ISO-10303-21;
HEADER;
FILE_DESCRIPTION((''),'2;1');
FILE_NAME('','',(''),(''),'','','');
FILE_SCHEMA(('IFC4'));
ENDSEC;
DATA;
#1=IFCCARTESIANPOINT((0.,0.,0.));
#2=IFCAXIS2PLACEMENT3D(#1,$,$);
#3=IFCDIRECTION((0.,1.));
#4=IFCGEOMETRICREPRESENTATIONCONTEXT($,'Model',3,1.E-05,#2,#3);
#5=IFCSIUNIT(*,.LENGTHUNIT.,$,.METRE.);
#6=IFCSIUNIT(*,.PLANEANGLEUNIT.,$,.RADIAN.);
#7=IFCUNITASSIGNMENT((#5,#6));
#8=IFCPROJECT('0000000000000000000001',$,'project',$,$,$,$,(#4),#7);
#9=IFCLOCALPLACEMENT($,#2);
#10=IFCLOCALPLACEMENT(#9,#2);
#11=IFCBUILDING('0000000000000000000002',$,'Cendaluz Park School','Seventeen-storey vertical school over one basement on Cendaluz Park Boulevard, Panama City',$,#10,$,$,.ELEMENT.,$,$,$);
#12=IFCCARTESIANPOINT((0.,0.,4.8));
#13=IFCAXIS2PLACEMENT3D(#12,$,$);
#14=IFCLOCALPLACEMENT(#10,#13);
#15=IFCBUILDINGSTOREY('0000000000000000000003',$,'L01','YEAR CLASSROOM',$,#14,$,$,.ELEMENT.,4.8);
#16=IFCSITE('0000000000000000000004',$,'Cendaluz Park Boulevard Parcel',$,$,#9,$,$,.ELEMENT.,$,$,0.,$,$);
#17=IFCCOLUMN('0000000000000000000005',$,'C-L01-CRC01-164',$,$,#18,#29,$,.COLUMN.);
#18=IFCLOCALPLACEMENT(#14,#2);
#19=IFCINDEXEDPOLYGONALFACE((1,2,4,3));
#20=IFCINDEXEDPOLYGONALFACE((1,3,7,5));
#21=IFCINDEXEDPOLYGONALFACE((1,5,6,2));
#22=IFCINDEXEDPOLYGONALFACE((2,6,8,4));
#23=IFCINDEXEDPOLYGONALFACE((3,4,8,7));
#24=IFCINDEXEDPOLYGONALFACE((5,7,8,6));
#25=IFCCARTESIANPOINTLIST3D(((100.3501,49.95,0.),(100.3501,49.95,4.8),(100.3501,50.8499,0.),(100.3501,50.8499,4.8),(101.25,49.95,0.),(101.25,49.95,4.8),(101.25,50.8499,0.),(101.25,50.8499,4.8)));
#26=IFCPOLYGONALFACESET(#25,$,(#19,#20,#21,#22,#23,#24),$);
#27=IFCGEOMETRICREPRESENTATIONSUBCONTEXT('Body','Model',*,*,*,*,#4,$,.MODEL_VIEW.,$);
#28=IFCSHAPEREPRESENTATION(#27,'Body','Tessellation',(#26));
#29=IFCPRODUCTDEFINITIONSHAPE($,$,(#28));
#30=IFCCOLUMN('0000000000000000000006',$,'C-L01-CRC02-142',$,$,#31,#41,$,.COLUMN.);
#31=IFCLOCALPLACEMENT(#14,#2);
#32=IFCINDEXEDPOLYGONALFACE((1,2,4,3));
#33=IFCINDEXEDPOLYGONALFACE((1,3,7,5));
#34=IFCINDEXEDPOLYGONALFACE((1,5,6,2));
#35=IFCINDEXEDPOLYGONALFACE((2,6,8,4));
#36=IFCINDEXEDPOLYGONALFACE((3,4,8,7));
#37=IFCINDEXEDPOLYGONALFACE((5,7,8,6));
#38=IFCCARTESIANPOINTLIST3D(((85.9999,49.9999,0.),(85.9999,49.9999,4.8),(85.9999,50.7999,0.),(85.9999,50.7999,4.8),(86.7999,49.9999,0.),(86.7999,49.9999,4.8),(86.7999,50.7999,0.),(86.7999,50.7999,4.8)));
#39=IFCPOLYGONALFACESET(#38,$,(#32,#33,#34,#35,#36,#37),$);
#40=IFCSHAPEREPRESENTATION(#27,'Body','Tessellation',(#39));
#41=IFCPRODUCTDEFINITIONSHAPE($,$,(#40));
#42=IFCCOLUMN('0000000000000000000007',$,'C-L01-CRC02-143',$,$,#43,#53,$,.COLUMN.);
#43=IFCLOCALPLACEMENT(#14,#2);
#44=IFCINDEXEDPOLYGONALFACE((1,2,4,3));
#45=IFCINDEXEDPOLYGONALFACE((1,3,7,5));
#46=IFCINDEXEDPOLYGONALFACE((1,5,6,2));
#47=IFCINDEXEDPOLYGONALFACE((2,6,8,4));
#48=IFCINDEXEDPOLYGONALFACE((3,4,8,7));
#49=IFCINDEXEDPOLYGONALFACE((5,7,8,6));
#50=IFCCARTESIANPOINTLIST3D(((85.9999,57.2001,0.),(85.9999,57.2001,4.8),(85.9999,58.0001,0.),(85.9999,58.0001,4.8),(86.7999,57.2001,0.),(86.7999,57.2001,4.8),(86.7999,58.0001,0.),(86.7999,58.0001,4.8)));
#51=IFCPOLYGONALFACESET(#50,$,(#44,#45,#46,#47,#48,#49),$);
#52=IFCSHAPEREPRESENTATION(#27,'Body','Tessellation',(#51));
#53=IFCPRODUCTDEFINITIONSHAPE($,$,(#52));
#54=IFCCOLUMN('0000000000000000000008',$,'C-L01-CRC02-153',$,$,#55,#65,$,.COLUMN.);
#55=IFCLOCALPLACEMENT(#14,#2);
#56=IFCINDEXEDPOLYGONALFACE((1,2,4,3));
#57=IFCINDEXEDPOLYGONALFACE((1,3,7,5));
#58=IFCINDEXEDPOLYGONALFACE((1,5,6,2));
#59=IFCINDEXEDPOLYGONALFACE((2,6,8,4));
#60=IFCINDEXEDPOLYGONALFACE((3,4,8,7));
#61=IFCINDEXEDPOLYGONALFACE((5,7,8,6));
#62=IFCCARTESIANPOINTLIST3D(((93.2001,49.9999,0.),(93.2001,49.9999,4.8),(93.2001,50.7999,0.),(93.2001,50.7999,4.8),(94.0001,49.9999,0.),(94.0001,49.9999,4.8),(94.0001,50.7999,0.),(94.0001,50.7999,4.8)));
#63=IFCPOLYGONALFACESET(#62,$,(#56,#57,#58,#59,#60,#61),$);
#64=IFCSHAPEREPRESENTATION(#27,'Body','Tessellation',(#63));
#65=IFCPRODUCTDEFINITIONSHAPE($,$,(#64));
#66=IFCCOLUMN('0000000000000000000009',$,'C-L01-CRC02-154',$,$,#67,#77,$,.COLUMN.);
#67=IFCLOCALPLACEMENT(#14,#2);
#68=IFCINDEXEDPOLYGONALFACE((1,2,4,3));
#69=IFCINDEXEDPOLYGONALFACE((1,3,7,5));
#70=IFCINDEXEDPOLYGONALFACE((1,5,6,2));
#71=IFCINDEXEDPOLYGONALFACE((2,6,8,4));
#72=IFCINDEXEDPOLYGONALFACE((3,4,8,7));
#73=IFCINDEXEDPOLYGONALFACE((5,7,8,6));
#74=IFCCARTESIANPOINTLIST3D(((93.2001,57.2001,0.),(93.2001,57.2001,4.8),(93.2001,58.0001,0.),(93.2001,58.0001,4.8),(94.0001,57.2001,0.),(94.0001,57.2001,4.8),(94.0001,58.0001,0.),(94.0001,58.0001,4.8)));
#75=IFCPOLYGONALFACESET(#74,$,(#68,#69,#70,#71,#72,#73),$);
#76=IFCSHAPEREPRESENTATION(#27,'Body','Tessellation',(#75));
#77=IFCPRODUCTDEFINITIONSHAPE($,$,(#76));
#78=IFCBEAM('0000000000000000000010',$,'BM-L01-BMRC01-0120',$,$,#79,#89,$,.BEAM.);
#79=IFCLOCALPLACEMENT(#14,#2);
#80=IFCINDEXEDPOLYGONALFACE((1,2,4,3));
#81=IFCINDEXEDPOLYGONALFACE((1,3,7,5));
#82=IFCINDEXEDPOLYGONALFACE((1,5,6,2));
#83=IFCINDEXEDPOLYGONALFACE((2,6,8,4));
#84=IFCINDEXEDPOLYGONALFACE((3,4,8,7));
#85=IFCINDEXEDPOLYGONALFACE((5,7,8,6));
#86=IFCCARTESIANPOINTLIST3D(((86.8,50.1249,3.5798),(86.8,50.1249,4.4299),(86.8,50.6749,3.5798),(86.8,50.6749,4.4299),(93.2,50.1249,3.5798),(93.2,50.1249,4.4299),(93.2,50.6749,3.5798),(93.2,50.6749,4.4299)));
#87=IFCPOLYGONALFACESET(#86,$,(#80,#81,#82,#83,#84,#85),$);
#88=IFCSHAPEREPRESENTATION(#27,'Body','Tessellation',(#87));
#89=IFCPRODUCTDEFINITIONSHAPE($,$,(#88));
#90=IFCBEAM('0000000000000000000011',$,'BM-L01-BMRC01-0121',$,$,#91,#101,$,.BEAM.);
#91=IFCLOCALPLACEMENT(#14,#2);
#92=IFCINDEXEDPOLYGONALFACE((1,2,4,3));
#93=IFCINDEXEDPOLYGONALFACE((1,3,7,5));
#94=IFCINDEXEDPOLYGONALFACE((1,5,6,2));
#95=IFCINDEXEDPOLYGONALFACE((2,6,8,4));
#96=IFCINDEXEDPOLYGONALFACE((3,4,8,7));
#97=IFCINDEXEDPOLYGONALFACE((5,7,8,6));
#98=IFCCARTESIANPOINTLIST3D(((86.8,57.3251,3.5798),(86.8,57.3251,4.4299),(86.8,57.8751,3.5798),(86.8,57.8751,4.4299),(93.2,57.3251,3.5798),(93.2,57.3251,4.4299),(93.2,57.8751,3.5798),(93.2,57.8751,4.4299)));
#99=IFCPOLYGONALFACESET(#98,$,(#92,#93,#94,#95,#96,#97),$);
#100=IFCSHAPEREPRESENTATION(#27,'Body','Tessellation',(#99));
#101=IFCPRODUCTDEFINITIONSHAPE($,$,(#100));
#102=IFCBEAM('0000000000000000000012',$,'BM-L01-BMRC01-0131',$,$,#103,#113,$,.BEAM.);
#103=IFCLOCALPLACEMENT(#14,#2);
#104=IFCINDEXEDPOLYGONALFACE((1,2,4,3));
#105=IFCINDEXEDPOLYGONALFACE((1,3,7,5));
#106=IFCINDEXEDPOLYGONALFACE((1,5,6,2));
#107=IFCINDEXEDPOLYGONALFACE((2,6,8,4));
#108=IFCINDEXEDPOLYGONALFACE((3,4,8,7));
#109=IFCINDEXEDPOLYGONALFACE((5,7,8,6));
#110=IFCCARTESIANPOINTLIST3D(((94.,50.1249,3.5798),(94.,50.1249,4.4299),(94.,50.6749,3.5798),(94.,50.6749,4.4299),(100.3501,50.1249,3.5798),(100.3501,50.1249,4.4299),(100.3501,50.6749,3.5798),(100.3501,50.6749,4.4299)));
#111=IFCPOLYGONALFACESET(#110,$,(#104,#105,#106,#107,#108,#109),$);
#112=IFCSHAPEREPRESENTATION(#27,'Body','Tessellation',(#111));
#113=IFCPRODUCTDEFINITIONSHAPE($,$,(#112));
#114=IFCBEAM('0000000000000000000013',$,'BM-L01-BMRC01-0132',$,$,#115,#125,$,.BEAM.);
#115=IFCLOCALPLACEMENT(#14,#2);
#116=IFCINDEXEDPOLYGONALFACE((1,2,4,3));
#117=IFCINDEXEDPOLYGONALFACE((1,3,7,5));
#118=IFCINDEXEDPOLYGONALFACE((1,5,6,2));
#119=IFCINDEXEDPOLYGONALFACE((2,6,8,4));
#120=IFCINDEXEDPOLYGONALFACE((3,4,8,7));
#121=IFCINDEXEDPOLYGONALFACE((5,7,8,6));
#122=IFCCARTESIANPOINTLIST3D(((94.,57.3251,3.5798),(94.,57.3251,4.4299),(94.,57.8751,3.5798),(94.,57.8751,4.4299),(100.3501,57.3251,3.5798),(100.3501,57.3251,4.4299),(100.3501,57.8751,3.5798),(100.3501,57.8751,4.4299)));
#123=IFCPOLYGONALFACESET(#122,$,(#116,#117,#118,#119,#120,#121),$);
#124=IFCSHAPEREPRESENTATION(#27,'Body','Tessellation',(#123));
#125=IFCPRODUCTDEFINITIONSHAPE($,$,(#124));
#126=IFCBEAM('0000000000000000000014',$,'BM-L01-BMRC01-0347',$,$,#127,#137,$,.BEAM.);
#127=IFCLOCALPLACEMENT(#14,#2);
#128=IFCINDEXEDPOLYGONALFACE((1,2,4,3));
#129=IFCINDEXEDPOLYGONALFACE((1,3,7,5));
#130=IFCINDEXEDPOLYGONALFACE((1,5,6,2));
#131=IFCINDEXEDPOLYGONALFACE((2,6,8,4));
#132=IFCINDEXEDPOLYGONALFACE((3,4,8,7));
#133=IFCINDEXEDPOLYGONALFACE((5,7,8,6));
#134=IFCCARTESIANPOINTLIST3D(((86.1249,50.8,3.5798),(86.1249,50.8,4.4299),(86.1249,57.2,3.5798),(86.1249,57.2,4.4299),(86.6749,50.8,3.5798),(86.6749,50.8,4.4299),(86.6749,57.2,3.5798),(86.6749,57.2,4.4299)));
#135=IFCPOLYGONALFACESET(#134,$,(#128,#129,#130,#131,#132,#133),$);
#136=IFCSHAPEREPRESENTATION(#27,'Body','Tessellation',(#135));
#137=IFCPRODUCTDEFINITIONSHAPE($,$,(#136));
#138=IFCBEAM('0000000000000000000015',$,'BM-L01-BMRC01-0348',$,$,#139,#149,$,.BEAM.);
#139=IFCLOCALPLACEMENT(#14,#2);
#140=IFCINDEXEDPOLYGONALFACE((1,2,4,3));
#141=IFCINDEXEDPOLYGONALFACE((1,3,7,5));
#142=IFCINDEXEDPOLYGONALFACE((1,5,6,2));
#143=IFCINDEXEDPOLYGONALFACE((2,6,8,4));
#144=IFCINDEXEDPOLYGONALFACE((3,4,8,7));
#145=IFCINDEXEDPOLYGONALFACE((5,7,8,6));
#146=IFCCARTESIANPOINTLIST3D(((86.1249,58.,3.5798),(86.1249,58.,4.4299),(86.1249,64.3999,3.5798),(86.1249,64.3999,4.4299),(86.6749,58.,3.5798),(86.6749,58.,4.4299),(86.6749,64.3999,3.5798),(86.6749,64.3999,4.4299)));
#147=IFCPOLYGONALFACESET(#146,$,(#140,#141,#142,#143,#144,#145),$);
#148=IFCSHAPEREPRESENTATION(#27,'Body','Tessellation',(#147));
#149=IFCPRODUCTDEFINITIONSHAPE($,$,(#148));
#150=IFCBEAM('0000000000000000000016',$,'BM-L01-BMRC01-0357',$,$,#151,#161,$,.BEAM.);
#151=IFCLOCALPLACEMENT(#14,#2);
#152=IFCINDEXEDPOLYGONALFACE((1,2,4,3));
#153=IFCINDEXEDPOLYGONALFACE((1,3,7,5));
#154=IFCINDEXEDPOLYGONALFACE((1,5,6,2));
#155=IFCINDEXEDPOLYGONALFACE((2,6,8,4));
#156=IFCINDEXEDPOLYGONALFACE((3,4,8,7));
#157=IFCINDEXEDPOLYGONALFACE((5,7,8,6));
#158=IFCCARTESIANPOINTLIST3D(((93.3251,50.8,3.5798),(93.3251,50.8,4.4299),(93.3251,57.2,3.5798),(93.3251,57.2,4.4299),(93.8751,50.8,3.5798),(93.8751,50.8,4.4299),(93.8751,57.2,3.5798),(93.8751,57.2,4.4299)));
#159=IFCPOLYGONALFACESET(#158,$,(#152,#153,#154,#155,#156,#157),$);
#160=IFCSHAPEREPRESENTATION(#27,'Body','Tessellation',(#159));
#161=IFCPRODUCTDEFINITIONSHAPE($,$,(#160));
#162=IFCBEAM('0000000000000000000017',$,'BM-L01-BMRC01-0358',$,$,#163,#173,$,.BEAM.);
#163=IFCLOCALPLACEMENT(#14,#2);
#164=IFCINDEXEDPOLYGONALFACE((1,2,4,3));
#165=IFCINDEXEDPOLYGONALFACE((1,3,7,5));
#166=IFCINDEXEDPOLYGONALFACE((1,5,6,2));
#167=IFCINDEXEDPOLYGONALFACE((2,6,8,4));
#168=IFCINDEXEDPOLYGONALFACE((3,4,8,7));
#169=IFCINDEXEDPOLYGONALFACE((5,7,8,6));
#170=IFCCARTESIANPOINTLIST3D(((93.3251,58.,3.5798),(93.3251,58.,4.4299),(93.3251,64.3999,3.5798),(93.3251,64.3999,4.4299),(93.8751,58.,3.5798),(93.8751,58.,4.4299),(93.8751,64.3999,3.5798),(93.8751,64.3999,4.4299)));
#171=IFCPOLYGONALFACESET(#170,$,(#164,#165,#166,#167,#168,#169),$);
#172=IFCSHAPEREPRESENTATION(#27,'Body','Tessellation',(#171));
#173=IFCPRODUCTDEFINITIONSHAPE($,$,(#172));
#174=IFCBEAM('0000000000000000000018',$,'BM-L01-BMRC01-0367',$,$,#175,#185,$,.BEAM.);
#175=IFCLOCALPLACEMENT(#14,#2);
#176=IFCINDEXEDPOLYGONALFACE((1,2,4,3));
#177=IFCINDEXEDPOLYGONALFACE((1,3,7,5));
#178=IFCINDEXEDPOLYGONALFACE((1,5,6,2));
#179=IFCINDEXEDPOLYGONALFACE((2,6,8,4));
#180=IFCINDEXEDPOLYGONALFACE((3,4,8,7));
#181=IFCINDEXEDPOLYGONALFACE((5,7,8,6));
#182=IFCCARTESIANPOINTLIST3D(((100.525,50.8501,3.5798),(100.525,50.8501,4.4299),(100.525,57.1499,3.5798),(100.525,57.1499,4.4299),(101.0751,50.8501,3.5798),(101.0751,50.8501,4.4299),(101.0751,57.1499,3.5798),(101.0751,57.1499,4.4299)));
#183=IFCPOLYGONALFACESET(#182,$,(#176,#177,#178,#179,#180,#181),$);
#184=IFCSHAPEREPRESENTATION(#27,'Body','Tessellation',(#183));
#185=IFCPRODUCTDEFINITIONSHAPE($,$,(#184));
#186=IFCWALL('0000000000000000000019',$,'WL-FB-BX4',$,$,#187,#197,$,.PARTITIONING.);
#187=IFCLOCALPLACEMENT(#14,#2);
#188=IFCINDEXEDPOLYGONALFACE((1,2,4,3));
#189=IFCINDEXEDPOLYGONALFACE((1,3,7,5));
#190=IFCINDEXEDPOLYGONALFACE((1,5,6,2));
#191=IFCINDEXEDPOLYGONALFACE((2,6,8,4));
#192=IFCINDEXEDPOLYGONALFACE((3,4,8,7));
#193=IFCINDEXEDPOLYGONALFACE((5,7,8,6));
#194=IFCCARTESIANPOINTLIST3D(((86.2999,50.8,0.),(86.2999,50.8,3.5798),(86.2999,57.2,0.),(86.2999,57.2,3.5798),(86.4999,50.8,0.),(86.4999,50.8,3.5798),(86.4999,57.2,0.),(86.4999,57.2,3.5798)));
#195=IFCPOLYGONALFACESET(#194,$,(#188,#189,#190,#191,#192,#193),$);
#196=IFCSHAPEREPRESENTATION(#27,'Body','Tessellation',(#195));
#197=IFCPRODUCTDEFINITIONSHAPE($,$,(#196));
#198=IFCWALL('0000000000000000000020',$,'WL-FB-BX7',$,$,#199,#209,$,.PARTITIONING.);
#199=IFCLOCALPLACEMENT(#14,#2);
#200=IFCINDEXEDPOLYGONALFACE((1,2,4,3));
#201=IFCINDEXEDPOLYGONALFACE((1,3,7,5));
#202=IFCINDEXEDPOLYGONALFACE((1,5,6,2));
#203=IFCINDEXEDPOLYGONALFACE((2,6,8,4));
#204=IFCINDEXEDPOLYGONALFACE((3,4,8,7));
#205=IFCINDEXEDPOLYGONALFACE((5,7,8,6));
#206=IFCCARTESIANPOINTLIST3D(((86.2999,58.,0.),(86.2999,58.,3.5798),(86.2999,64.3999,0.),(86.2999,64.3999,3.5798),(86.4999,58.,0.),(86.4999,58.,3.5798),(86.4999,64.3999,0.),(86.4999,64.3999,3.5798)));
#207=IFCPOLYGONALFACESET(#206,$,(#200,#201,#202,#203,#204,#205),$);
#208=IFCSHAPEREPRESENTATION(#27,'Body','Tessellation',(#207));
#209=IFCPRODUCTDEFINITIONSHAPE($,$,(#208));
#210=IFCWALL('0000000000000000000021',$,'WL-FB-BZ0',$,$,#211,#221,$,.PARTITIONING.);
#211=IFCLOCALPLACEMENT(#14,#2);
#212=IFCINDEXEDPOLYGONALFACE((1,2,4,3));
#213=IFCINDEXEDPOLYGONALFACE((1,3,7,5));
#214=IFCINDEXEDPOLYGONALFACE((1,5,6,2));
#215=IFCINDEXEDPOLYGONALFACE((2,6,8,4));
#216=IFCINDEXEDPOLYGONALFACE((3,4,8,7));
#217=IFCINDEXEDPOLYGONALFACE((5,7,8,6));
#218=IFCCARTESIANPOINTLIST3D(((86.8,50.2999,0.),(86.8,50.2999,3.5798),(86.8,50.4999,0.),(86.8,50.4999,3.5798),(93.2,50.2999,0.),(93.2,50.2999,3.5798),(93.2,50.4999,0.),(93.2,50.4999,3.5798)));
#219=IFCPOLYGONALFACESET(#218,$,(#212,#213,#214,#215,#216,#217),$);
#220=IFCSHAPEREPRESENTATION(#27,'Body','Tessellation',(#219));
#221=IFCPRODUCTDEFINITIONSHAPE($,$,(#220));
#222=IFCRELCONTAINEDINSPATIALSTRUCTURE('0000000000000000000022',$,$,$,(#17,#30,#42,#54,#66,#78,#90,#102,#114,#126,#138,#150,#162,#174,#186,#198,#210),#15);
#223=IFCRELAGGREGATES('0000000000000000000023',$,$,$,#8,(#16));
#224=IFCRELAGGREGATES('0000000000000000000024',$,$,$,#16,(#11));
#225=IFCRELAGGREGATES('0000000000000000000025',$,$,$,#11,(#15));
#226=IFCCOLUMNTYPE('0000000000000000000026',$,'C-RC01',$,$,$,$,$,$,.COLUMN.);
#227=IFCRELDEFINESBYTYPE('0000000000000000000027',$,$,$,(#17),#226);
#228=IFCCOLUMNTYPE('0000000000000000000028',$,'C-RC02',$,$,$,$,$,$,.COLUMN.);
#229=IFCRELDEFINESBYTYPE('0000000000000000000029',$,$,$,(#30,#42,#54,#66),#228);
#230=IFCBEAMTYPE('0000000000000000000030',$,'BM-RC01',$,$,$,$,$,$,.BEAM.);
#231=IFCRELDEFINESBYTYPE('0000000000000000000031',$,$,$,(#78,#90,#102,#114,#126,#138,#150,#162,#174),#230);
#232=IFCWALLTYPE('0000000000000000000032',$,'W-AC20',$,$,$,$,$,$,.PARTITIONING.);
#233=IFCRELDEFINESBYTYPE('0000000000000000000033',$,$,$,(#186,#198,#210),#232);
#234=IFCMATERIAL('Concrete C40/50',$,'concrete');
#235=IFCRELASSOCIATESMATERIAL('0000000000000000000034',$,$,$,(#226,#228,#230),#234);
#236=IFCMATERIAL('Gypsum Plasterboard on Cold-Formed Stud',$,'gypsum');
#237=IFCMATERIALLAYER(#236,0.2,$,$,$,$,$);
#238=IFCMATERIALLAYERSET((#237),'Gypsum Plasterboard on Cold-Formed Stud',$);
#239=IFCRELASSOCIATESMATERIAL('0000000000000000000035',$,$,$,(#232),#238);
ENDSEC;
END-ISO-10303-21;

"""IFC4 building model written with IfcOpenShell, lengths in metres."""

from ifc_helpers import new_model, si_unit, direction, frame, frame_2d, origin, origin_2d, place, context, subcontext, project, spatial, rectangle, extrude, material, layer, layer_set, material_profile, profile_set, type_object, element, save


model = new_model("IFC4")

# Units and contexts
model_context = context("Model", 3, precision=1e-05, world=origin(), true_north=direction((0.0, 1.0)))
body_context = subcontext(model_context, "Body", "Model", "MODEL_VIEW")
ifc_project = project(units=[si_unit("LENGTHUNIT", "METRE"), si_unit("PLANEANGLEUNIT", "RADIAN")], contexts=[model_context])

# Site, building, storey
site_placement = place(None, origin())
site = spatial("IfcSite", under=ifc_project, at=site_placement, Name="Cendaluz Park Boulevard Parcel", CompositionType="ELEMENT", RefElevation=0.0)
building_placement = place(site_placement, origin())
building = spatial("IfcBuilding", under=site, at=building_placement, Name="Cendaluz Park School", Description="Seventeen-storey vertical school over one basement on Cendaluz Park Boulevard, Panama City", CompositionType="ELEMENT")
storey_placement = place(building_placement, frame((0.0, 0.0, 4.8)))
storey = spatial("IfcBuildingStorey", under=building, at=storey_placement, Name="L01", Description="YEAR CLASSROOM", CompositionType="ELEMENT", Elevation=4.8)

# Columns
ifc_material_1 = material(Name="Concrete C40/50", Category="concrete")
ifc_material_profile_1 = material_profile(ifc_material_1, rectangle(XDim=0.8999, YDim=0.8999, at=origin_2d()), Name="RC 900x900", Category="concrete")
ifc_profile_set_1 = profile_set([ifc_material_profile_1], Name="Concrete C40/50")
column_type_1 = type_object("IfcColumnType", Name="C-RC01", PredefinedType="COLUMN", material=ifc_profile_set_1)
column_placement = place(storey_placement, frame((100.8, 50.3999, 0.0), z_axis=(0.0, 0.0, 1.0), x_axis=(1.0, 0.0, 0.0)))
element("IfcColumn", 1, at=column_placement, inside=storey, type_object=column_type_1, Name="C-L01-CRC01-164", PredefinedType="COLUMN", context=body_context, shape_type="SweptSolid", body=[
    extrude(rectangle(XDim=0.8999, YDim=0.8999, at=origin_2d()), origin(), (0.0, 0.0, 1.0), 4.8),
])
ifc_material_profile_2 = material_profile(ifc_material_1, rectangle(XDim=0.8, YDim=0.8, at=origin_2d()), Name="RC 800x800", Category="concrete")
ifc_profile_set_2 = profile_set([ifc_material_profile_2], Name="Concrete C40/50")
column_type_2 = type_object("IfcColumnType", Name="C-RC02", PredefinedType="COLUMN", material=ifc_profile_set_2)
for number, where, z_axis, x_axis, name in (
    (2, (86.3999, 50.3999, 0.0), (0.0, 0.0, 1.0), (1.0, 0.0, 0.0), "C-L01-CRC02-142"),
    (3, (86.3999, 57.6001, 0.0), (0.0, 0.0, 1.0), (1.0, 0.0, 0.0), "C-L01-CRC02-143"),
    (4, (93.6001, 50.3999, 0.0), (0.0, 0.0, 1.0), (1.0, 0.0, 0.0), "C-L01-CRC02-153"),
    (5, (93.6001, 57.6001, 0.0), (0.0, 0.0, 1.0), (1.0, 0.0, 0.0), "C-L01-CRC02-154"),
):
    element("IfcColumn", number, at=place(storey_placement, frame(where, z_axis=z_axis, x_axis=x_axis)), inside=storey, type_object=column_type_2, Name=name, PredefinedType="COLUMN", context=body_context, shape_type="SweptSolid", body=[
        extrude(rectangle(XDim=0.8, YDim=0.8, at=origin_2d()), origin(), (0.0, 0.0, 1.0), 4.8),
    ])

# Beams
ifc_material_profile_3 = material_profile(ifc_material_1, rectangle(XDim=0.55, YDim=0.8501, at=origin_2d()), Name="RC 550x850", Category="concrete")
ifc_profile_set_3 = profile_set([ifc_material_profile_3], Name="Concrete C40/50")
beam_type = type_object("IfcBeamType", Name="BM-RC01", PredefinedType="BEAM", material=ifc_profile_set_3)
for number, where, z_axis, x_axis, name in (
    (6, (86.8, 50.3999, 4.0049), (1.0, 0.0, 0.0), (0.0, 1.0, 0.0), "BM-L01-BMRC01-0120"),
    (7, (86.8, 57.6001, 4.0049), (1.0, 0.0, 0.0), (0.0, 1.0, 0.0), "BM-L01-BMRC01-0121"),
):
    element("IfcBeam", number, at=place(storey_placement, frame(where, z_axis=z_axis, x_axis=x_axis)), inside=storey, type_object=beam_type, Name=name, PredefinedType="BEAM", context=body_context, shape_type="SweptSolid", body=[
        extrude(rectangle(XDim=0.55, YDim=0.8501, at=origin_2d()), origin(), (0.0, 0.0, 1.0), 6.3999),
    ])
for number, where, z_axis, x_axis, name in (
    (8, (94.0, 50.3999, 4.0049), (1.0, 0.0, 0.0), (0.0, 1.0, 0.0), "BM-L01-BMRC01-0131"),
    (9, (94.0, 57.6001, 4.0049), (1.0, 0.0, 0.0), (0.0, 1.0, 0.0), "BM-L01-BMRC01-0132"),
):
    element("IfcBeam", number, at=place(storey_placement, frame(where, z_axis=z_axis, x_axis=x_axis)), inside=storey, type_object=beam_type, Name=name, PredefinedType="BEAM", context=body_context, shape_type="SweptSolid", body=[
        extrude(rectangle(XDim=0.55, YDim=0.8501, at=origin_2d()), origin(), (0.0, 0.0, 1.0), 6.3501),
    ])
for number, where, z_axis, x_axis, name in (
    (10, (86.3999, 50.8, 4.0049), (0.0, 1.0, 0.0), (-1.0, 0.0, 0.0), "BM-L01-BMRC01-0347"),
    (11, (86.3999, 58.0, 4.0049), (0.0, 1.0, 0.0), (-1.0, 0.0, 0.0), "BM-L01-BMRC01-0348"),
    (12, (93.6001, 50.8, 4.0049), (0.0, 1.0, 0.0), (-1.0, 0.0, 0.0), "BM-L01-BMRC01-0357"),
    (13, (93.6001, 58.0, 4.0049), (0.0, 1.0, 0.0), (-1.0, 0.0, 0.0), "BM-L01-BMRC01-0358"),
):
    element("IfcBeam", number, at=place(storey_placement, frame(where, z_axis=z_axis, x_axis=x_axis)), inside=storey, type_object=beam_type, Name=name, PredefinedType="BEAM", context=body_context, shape_type="SweptSolid", body=[
        extrude(rectangle(XDim=0.55, YDim=0.8501, at=origin_2d()), origin(), (0.0, 0.0, 1.0), 6.3999),
    ])
beam_placement = place(storey_placement, frame((100.8, 50.8501, 4.0049), z_axis=(0.0, 1.0, 0.0), x_axis=(-1.0, 0.0, 0.0)))
element("IfcBeam", 14, at=beam_placement, inside=storey, type_object=beam_type, Name="BM-L01-BMRC01-0367", PredefinedType="BEAM", context=body_context, shape_type="SweptSolid", body=[
    extrude(rectangle(XDim=0.55, YDim=0.8501, at=origin_2d()), origin(), (0.0, 0.0, 1.0), 6.2998),
])

# Walls
ifc_material_2 = material(Name="Gypsum Plasterboard on Cold-Formed Stud", Category="gypsum")
ifc_layer = layer(ifc_material_2, 0.2)
ifc_layer_set = layer_set([ifc_layer], Name="Gypsum Plasterboard on Cold-Formed Stud")
wall_type = type_object("IfcWallType", Name="W-AC20", PredefinedType="PARTITIONING", material=ifc_layer_set)
for number, where, z_axis, x_axis, name in (
    (15, (86.3999, 50.8, 0.0), (0.0, 0.0, 1.0), (0.0, 1.0, 0.0), "WL-FB-BX4"),
    (16, (86.3999, 58.0, 0.0), (0.0, 0.0, 1.0), (0.0, 1.0, 0.0), "WL-FB-BX7"),
    (17, (86.8, 50.3999, 0.0), (0.0, 0.0, 1.0), (1.0, 0.0, 0.0), "WL-FB-BZ0"),
):
    element("IfcWall", number, at=place(storey_placement, frame(where, z_axis=z_axis, x_axis=x_axis)), inside=storey, type_object=wall_type, Name=name, PredefinedType="PARTITIONING", context=body_context, shape_type="SweptSolid", body=[
        extrude(rectangle(XDim=6.3999, YDim=0.2, at=frame_2d((3.2, 0.0))), origin(), (0.0, 0.0, 1.0), 3.5798),
    ])

save(model, "model.ifc")
